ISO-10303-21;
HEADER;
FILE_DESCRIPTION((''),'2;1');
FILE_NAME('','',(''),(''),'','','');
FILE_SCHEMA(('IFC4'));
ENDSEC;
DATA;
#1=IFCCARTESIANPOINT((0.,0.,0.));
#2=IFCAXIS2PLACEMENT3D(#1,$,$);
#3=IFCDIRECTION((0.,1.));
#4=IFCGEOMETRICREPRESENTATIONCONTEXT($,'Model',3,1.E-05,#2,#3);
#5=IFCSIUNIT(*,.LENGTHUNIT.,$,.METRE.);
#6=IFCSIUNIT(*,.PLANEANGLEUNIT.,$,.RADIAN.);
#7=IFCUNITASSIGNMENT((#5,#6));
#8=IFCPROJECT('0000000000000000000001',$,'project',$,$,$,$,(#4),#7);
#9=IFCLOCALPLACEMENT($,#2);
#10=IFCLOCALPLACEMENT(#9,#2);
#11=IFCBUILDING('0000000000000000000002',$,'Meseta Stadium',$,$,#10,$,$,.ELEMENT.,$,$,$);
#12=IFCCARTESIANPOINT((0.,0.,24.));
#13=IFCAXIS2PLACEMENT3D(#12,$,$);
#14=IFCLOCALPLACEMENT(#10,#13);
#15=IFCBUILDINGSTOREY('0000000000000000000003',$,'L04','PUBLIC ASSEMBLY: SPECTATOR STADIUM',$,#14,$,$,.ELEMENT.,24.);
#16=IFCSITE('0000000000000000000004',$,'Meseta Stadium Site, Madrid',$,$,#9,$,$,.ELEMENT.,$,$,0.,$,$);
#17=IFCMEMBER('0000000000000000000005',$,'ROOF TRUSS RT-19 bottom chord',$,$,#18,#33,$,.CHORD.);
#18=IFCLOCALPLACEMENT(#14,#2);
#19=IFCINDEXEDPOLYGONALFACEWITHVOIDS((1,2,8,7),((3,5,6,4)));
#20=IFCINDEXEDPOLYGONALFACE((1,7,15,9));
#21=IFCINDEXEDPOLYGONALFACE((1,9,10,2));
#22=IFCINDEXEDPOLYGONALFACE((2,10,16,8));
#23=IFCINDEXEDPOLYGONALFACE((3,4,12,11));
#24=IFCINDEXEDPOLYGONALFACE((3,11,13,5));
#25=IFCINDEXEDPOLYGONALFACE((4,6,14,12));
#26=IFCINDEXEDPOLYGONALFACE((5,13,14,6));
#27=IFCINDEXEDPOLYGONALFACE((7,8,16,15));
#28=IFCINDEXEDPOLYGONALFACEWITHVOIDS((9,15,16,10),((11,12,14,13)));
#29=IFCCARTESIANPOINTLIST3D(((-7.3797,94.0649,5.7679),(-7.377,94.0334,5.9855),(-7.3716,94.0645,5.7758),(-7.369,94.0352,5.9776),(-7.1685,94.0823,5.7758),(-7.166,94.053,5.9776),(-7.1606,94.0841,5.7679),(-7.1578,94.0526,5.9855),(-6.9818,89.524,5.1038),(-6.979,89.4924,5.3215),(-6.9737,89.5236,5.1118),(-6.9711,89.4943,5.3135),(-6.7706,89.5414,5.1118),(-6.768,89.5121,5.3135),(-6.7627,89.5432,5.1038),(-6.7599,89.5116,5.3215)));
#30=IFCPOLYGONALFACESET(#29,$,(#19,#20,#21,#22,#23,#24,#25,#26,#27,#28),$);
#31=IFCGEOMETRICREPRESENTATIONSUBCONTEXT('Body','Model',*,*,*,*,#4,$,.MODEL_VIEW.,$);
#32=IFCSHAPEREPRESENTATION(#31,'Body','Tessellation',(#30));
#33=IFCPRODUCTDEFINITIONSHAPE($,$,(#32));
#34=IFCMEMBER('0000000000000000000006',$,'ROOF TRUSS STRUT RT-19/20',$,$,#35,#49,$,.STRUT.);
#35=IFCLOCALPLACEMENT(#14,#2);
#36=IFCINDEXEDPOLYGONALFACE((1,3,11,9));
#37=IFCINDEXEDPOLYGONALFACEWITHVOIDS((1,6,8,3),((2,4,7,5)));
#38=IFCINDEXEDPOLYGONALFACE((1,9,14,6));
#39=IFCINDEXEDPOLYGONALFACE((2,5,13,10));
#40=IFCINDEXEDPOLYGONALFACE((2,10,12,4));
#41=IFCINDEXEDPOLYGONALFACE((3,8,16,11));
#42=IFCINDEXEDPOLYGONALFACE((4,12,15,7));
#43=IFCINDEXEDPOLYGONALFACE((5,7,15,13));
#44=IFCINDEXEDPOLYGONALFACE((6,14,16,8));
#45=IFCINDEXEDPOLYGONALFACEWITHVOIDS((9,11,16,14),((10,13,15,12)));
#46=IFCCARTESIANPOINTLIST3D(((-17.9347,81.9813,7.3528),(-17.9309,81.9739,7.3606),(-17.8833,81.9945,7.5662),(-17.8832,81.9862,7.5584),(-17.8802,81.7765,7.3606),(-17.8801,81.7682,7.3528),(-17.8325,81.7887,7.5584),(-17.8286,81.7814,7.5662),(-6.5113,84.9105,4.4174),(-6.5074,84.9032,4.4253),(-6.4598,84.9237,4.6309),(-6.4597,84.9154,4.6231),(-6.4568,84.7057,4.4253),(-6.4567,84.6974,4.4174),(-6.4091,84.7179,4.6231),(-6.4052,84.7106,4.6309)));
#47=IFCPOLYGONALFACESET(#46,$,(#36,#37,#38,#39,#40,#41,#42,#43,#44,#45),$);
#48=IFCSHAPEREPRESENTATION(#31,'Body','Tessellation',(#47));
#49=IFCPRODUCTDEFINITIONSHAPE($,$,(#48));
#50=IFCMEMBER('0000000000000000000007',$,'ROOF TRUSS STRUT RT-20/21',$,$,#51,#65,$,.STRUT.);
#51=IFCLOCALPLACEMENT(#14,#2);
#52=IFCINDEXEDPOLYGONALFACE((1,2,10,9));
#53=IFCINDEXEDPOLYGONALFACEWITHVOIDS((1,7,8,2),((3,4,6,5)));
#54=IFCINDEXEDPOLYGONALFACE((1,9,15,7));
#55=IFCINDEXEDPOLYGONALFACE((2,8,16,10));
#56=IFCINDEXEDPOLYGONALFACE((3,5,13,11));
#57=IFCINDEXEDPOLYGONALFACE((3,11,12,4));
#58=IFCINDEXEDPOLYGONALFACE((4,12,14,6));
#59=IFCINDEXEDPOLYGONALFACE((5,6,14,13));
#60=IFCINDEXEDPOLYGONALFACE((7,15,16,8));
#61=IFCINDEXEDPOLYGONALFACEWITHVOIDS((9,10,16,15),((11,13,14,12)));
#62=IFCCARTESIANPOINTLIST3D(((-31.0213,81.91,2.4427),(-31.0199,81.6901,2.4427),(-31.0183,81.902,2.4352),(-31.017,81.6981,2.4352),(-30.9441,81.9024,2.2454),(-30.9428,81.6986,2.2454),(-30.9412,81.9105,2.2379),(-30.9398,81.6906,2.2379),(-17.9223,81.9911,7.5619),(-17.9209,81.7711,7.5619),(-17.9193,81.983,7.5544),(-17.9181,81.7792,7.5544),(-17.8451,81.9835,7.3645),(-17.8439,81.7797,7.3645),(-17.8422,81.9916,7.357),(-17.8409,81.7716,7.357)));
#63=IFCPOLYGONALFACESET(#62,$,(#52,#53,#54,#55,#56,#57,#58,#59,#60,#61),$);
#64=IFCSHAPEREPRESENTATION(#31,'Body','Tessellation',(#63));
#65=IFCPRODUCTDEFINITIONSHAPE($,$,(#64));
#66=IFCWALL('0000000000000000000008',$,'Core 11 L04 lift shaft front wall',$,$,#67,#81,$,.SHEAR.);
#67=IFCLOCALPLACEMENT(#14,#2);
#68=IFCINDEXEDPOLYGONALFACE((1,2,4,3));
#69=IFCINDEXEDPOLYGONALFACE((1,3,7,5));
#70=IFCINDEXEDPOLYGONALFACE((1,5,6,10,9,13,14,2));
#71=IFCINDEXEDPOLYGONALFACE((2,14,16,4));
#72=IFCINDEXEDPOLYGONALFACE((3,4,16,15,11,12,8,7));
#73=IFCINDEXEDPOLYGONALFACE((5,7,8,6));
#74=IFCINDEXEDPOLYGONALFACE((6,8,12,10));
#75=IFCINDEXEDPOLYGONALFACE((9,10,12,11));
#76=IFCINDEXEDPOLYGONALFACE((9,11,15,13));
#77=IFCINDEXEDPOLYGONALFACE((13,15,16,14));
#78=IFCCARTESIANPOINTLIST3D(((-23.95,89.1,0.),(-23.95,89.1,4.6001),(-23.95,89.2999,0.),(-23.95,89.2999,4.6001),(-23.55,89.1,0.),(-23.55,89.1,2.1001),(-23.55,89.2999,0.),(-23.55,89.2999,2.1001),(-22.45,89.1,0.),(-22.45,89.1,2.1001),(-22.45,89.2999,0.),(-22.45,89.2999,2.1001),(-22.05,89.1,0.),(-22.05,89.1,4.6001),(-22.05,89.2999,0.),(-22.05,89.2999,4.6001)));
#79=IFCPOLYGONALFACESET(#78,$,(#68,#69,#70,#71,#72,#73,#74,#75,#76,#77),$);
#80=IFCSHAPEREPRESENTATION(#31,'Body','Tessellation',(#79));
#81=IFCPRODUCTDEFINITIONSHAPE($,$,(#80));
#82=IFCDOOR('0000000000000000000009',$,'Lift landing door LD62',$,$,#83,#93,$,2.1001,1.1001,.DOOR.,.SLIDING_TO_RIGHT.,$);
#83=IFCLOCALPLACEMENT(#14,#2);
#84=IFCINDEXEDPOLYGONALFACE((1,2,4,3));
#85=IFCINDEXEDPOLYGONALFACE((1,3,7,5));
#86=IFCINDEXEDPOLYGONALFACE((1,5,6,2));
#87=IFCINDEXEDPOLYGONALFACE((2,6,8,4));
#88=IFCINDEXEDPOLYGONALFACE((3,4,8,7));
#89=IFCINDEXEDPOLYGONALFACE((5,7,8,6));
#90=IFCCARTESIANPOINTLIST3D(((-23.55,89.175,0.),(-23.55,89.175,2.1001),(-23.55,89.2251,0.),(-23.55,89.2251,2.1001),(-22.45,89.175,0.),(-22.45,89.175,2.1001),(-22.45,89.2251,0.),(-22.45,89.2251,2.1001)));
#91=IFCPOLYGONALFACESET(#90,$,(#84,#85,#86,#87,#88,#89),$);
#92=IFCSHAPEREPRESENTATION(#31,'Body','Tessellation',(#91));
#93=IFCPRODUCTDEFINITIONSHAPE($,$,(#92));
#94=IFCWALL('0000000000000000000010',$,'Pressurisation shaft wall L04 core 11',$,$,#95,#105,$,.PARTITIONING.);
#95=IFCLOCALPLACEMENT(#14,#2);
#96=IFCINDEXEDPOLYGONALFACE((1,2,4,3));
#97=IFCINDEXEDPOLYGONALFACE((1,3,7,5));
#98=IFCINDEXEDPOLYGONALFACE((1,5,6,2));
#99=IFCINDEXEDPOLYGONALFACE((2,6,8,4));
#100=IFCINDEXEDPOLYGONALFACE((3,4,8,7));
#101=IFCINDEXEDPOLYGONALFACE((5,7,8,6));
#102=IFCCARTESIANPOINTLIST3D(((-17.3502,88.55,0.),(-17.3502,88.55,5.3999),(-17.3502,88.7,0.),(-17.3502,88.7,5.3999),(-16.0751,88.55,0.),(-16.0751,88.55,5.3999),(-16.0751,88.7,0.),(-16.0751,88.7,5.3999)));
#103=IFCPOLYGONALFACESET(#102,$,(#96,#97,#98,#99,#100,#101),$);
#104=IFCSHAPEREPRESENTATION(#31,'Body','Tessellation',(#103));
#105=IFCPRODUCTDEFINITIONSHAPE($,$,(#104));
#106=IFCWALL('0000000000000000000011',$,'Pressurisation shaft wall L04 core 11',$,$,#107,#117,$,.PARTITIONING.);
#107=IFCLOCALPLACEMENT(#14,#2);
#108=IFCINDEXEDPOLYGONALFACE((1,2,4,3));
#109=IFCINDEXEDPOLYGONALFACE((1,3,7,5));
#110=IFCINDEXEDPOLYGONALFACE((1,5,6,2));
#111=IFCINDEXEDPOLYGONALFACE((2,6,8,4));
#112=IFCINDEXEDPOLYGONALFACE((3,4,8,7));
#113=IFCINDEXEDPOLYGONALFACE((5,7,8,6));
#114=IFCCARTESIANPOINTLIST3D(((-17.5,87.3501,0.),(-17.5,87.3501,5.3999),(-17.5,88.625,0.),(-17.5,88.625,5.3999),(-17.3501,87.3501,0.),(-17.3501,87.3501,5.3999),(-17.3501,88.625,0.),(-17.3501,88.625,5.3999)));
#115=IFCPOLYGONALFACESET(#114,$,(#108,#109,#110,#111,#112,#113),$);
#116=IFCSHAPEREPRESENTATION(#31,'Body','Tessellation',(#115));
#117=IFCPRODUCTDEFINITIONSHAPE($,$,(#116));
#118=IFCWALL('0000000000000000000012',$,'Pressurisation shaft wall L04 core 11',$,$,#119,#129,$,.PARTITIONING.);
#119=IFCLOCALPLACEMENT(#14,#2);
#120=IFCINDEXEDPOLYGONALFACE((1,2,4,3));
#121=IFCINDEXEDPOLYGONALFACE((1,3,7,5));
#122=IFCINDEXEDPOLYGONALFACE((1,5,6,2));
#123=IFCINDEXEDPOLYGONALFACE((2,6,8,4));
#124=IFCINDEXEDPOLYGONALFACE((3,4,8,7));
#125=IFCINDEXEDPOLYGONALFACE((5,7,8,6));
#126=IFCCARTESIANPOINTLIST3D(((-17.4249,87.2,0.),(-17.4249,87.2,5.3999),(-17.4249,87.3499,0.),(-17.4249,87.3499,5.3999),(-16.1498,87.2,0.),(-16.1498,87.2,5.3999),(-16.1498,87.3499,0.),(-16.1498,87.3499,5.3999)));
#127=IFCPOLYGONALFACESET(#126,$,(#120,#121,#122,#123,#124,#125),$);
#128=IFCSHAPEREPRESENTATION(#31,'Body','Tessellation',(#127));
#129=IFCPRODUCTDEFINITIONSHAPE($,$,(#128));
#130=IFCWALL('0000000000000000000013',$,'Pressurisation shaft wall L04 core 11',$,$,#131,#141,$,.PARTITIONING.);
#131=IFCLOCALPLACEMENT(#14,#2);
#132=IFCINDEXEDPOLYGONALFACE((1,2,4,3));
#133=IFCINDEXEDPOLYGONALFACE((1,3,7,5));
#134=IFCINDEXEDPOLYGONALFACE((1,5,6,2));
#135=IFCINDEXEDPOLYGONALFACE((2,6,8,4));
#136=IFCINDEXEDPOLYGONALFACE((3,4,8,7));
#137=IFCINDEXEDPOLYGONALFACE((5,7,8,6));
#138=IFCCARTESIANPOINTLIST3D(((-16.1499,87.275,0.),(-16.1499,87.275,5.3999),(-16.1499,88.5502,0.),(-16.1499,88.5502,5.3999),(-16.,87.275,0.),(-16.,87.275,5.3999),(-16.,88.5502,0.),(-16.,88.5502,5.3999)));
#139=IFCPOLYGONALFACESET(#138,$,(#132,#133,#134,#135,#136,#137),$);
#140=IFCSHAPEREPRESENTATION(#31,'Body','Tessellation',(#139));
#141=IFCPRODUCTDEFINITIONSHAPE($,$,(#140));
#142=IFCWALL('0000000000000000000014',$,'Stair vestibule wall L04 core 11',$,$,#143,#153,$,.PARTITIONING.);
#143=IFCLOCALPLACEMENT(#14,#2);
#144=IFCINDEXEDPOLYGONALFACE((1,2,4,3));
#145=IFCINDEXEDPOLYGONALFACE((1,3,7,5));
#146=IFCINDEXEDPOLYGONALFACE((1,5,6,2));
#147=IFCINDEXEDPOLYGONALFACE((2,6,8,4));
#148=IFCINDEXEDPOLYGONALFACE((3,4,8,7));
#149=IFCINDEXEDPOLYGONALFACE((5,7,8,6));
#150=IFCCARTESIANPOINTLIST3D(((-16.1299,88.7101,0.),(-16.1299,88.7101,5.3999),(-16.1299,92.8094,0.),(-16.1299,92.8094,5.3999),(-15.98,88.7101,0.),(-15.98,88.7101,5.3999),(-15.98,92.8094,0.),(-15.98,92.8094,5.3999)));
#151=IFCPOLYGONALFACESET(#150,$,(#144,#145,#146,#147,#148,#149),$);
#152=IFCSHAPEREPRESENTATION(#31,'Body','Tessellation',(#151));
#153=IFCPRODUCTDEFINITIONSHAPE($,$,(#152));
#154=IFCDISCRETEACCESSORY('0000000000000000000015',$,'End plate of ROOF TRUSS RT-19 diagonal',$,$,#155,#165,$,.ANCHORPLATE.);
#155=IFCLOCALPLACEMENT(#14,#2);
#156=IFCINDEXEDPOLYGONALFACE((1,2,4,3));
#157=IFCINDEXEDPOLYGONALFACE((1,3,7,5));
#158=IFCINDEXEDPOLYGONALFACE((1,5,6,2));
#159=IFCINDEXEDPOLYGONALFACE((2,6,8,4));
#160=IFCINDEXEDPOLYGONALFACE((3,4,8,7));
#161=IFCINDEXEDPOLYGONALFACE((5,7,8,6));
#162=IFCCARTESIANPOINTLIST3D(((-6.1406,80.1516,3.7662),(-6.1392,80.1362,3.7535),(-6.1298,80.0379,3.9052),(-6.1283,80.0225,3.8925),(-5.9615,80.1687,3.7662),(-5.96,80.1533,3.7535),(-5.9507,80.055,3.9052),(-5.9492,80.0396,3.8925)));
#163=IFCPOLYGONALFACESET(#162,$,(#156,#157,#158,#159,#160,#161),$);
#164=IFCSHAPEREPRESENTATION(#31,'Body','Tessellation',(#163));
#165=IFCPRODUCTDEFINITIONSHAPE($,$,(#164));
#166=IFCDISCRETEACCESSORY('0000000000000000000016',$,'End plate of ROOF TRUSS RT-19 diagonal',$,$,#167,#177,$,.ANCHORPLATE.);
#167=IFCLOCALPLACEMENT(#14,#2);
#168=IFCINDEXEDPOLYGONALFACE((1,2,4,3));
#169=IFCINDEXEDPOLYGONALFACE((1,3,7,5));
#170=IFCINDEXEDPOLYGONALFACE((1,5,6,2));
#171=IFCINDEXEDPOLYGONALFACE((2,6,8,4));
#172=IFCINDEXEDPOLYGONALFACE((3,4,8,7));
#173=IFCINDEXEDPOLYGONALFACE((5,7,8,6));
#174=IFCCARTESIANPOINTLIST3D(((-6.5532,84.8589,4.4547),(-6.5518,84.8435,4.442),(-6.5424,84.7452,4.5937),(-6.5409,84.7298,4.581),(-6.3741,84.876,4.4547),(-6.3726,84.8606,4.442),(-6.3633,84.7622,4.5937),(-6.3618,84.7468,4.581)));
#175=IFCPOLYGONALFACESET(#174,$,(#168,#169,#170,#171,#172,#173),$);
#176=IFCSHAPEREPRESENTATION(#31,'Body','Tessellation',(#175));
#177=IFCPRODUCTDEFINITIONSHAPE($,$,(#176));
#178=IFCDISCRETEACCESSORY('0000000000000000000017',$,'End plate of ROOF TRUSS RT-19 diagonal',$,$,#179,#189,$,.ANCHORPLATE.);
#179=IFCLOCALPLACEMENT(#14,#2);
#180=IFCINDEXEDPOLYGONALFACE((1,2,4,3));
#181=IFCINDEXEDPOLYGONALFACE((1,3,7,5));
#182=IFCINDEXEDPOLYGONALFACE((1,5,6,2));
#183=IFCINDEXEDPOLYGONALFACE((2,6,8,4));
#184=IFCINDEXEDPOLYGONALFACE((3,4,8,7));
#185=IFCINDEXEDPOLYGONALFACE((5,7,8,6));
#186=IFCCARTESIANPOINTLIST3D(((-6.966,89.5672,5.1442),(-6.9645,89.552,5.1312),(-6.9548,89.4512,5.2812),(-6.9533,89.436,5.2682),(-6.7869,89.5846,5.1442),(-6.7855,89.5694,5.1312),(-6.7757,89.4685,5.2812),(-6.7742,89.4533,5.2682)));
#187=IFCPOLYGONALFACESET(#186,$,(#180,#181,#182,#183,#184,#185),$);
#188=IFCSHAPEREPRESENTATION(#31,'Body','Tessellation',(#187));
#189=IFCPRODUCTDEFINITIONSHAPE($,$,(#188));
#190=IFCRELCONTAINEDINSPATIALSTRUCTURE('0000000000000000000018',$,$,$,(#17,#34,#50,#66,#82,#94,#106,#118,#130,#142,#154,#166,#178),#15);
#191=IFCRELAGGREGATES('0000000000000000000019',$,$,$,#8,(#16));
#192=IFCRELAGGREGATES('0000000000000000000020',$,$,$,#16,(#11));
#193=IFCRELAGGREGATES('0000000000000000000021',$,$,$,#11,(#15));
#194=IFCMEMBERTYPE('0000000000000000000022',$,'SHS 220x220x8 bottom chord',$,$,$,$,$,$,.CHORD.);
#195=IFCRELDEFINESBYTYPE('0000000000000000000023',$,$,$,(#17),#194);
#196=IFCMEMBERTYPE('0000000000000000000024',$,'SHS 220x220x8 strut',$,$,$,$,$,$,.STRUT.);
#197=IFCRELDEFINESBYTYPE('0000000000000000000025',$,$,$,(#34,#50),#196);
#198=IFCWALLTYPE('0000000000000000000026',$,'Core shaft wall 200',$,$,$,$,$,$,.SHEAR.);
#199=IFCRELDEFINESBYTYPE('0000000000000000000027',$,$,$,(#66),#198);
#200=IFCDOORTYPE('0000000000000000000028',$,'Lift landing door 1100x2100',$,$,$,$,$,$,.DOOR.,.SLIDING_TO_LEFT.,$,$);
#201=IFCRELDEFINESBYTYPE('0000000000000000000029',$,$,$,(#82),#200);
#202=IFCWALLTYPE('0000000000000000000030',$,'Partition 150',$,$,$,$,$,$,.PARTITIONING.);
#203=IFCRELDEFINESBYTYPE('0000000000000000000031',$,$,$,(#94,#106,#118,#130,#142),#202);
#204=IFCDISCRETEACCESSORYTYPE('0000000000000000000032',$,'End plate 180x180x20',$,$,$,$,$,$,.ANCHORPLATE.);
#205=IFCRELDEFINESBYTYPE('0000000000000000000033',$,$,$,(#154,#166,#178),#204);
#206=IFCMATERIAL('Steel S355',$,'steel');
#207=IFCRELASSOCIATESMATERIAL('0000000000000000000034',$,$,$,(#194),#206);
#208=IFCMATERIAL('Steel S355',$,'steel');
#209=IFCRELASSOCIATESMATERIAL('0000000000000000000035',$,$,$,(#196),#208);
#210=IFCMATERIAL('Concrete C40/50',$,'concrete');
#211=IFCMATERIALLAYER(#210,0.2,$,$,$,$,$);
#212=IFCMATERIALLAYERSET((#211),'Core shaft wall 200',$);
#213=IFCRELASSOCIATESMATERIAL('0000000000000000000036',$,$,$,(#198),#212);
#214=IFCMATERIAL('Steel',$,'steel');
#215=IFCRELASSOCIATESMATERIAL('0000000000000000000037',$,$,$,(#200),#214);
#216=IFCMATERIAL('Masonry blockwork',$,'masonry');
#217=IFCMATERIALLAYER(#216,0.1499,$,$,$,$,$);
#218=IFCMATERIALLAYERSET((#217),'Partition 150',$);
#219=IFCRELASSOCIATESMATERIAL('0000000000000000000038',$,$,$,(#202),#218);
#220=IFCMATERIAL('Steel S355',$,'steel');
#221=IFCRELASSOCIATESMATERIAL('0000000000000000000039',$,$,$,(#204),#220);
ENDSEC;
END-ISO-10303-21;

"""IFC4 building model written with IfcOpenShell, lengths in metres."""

from ifc_helpers import new_model, si_unit, direction, frame, frame_2d, origin, origin_2d, place, context, subcontext, project, spatial, rectangle, hollow_rectangle, extrude, material, layer, layer_set, material_profile, profile_set, type_object, element, fill, save


model = new_model("IFC4")

# Units and contexts
model_context = context("Model", 3, precision=1e-05, world=origin(), true_north=direction((0.0, 1.0)))
body_context = subcontext(model_context, "Body", "Model", "MODEL_VIEW")
ifc_project = project(units=[si_unit("LENGTHUNIT", "METRE"), si_unit("PLANEANGLEUNIT", "RADIAN")], contexts=[model_context])

# Site, building, storey
site_placement = place(None, origin())
site = spatial("IfcSite", under=ifc_project, at=site_placement, Name="Meseta Stadium Site, Madrid", CompositionType="ELEMENT", RefElevation=0.0)
building_placement = place(site_placement, origin())
building = spatial("IfcBuilding", under=site, at=building_placement, Name="Meseta Stadium", CompositionType="ELEMENT")
storey_placement = place(building_placement, frame((0.0, 0.0, 24.0)))
storey = spatial("IfcBuildingStorey", under=building, at=storey_placement, Name="L04", Description="PUBLIC ASSEMBLY: SPECTATOR STADIUM", CompositionType="ELEMENT", Elevation=24.0)

# Members
ifc_material_1 = material(Name="Steel S355", Category="steel")
ifc_material_profile_1 = material_profile(ifc_material_1, hollow_rectangle(XDim=0.22, YDim=0.22, WallThickness=0.0081, at=origin_2d()), Name="SHS 220x220x8")
ifc_profile_set_1 = profile_set([ifc_material_profile_1], Name="Steel S355")
member_type_1 = type_object("IfcMemberType", Name="SHS 220x220x8 bottom chord", PredefinedType="CHORD", material=ifc_profile_set_1)
member_1_placement = place(storey_placement, frame((-6.8708, 89.5178, 5.2126), z_axis=(-0.086388, 0.985777, 0.144157), x_axis=(-0.996182, -0.0873, 0.0)))
element("IfcMember", 1, at=member_1_placement, inside=storey, type_object=member_type_1, Name="ROOF TRUSS RT-19 bottom chord", PredefinedType="CHORD", context=body_context, shape_type="SweptSolid", body=[
    extrude(hollow_rectangle(XDim=0.22, YDim=0.22, WallThickness=0.0081, at=origin_2d()), origin(), (0.0, 0.0, 1.0), 4.6064),
])
ifc_material_2 = material(Name="Steel S355", Category="steel")
ifc_material_profile_2 = material_profile(ifc_material_2, hollow_rectangle(XDim=0.22, YDim=0.22, WallThickness=0.0081, at=origin_2d()), Name="SHS 220x220x8")
ifc_profile_set_2 = profile_set([ifc_material_profile_2], Name="Steel S355")
member_type_2 = type_object("IfcMemberType", Name="SHS 220x220x8 strut", PredefinedType="STRUT", material=ifc_profile_set_2)
member_2_placement = place(storey_placement, frame((-6.4583, 84.8105, 4.5242), z_axis=(-0.939981, -0.241032, 0.241534), x_axis=(0.248386, -0.968661, 0.0)))
element("IfcMember", 2, at=member_2_placement, inside=storey, type_object=member_type_2, Name="ROOF TRUSS STRUT RT-19/20", PredefinedType="STRUT", context=body_context, shape_type="SweptSolid", body=[
    extrude(hollow_rectangle(XDim=0.22, YDim=0.22, WallThickness=0.0081, at=origin_2d()), origin(), (0.0, 0.0, 1.0), 12.1528),
])
member_3_placement = place(storey_placement, frame((-17.8816, 81.8813, 7.4595), z_axis=(-0.931384, -0.005763, -0.363992), x_axis=(0.006188, -0.999981, 0.0)))
element("IfcMember", 3, at=member_3_placement, inside=storey, type_object=member_type_2, Name="ROOF TRUSS STRUT RT-20/21", PredefinedType="STRUT", context=body_context, shape_type="SweptSolid", body=[
    extrude(hollow_rectangle(XDim=0.22, YDim=0.22, WallThickness=0.0081, at=origin_2d()), origin(), (0.0, 0.0, 1.0), 14.064),
])

# Wall, opening, door
ifc_material_3 = material(Name="Concrete C40/50", Category="concrete")
ifc_layer_1 = layer(ifc_material_3, 0.2)
ifc_layer_set_1 = layer_set([ifc_layer_1], Name="Core shaft wall 200")
wall_type_1 = type_object("IfcWallType", Name="Core shaft wall 200", PredefinedType="SHEAR", material=ifc_layer_set_1)
wall_1_placement = place(storey_placement, frame((-22.05, 89.2, 0.0), z_axis=(0.0, 0.0, 1.0), x_axis=(-1.0, 0.0, 0.0)))
wall_1 = element("IfcWall", 4, at=wall_1_placement, inside=storey, type_object=wall_type_1, Name="Core 11 L04 lift shaft front wall", PredefinedType="SHEAR", context=body_context, shape_type="SweptSolid", body=[
    extrude(rectangle(XDim=1.8999, YDim=0.2, at=frame_2d((0.95, 0.0))), origin(), (0.0, 0.0, 1.0), 4.6001),
])
opening_placement = place(wall_1_placement, frame((0.3999, 0.0, 0.0)))
opening = element("IfcOpeningElement", 5, at=opening_placement, cuts=wall_1, PredefinedType="OPENING", context=body_context, shape_type="SweptSolid", body=[
    extrude(rectangle(XDim=1.1001, YDim=2.1001, at=frame_2d((0.55, 1.05))), frame((0.0, 0.1099, 0.0), z_axis=(0.0, -1.0, 0.0), x_axis=(1.0, 0.0, 0.0)), (0.0, 0.0, 1.0), 0.22),
])
ifc_material_4 = material(Name="Steel", Category="steel")
door_type = type_object("IfcDoorType", Name="Lift landing door 1100x2100", OperationType="SLIDING_TO_LEFT", PredefinedType="DOOR", material=ifc_material_4)
door_placement = place(opening_placement, origin())
door = element("IfcDoor", 6, at=door_placement, inside=storey, type_object=door_type, Name="Lift landing door LD62", OperationType="SLIDING_TO_RIGHT", OverallHeight=2.1001, OverallWidth=1.1001, PredefinedType="DOOR", context=body_context, shape_type="SweptSolid", body=[
    extrude(rectangle(XDim=1.1001, YDim=2.1001, at=frame_2d((0.55, 1.05))), frame((0.0, 0.0249, 0.0), z_axis=(0.0, -1.0, 0.0), x_axis=(1.0, 0.0, 0.0)), (0.0, 0.0, 1.0), 0.05),
])
fill(opening, door)

# Walls
ifc_material_5 = material(Name="Masonry blockwork", Category="masonry")
ifc_layer_2 = layer(ifc_material_5, 0.1499)
ifc_layer_set_2 = layer_set([ifc_layer_2], Name="Partition 150")
wall_type_2 = type_object("IfcWallType", Name="Partition 150", PredefinedType="PARTITIONING", material=ifc_layer_set_2)
wall_2_placement = place(storey_placement, frame((-16.075, 88.625, 0.0), z_axis=(0.0, 0.0, 1.0), x_axis=(-1.0, 0.0, 0.0)))
element("IfcWall", 7, at=wall_2_placement, inside=storey, type_object=wall_type_2, Name="Pressurisation shaft wall L04 core 11", PredefinedType="PARTITIONING", context=body_context, shape_type="SweptSolid", body=[
    extrude(rectangle(XDim=1.2751, YDim=0.1499, at=frame_2d((0.6377, 0.0))), origin(), (0.0, 0.0, 1.0), 5.3999),
])
wall_3_placement = place(storey_placement, frame((-17.425, 88.625, 0.0), z_axis=(0.0, 0.0, 1.0), x_axis=(0.0, -1.0, 0.0)))
element("IfcWall", 8, at=wall_3_placement, inside=storey, type_object=wall_type_2, Name="Pressurisation shaft wall L04 core 11", PredefinedType="PARTITIONING", context=body_context, shape_type="SweptSolid", body=[
    extrude(rectangle(XDim=1.2749, YDim=0.1499, at=frame_2d((0.6375, 0.0))), origin(), (0.0, 0.0, 1.0), 5.3999),
])
for number, where, z_axis, x_axis, name in (
    (9, (-17.425, 87.2749, 0.0), (0.0, 0.0, 1.0), (1.0, 0.0, 0.0), "Pressurisation shaft wall L04 core 11"),
    (10, (-16.075, 87.2749, 0.0), (0.0, 0.0, 1.0), (0.0, 1.0, 0.0), "Pressurisation shaft wall L04 core 11"),
):
    element("IfcWall", number, at=place(storey_placement, frame(where, z_axis=z_axis, x_axis=x_axis)), inside=storey, type_object=wall_type_2, Name=name, PredefinedType="PARTITIONING", context=body_context, shape_type="SweptSolid", body=[
        extrude(rectangle(XDim=1.2751, YDim=0.1499, at=frame_2d((0.6377, 0.0))), origin(), (0.0, 0.0, 1.0), 5.3999),
    ])
wall_4_placement = place(storey_placement, frame((-16.0549, 88.71, 0.0), z_axis=(0.0, 0.0, 1.0), x_axis=(0.0, 1.0, 0.0)))
element("IfcWall", 11, at=wall_4_placement, inside=storey, type_object=wall_type_2, Name="Stair vestibule wall L04 core 11", PredefinedType="PARTITIONING", context=body_context, shape_type="SweptSolid", body=[
    extrude(rectangle(XDim=4.0994, YDim=0.1499, at=frame_2d((2.0498, 0.0))), origin(), (0.0, 0.0, 1.0), 5.3999),
])

# Discrete accessories
ifc_material_6 = material(Name="Steel S355", Category="steel")
ifc_material_profile_3 = material_profile(ifc_material_6, rectangle(XDim=0.1799, YDim=0.1799, at=origin_2d()), Name="PL 180x180")
ifc_profile_set_3 = profile_set([ifc_material_profile_3], Name="Steel S355")
discrete_accessory_type_1 = type_object("IfcDiscreteAccessoryType", Name="End plate 180x180x20", PredefinedType="ANCHORPLATE", material=ifc_profile_set_3)
for number, where, z_axis, x_axis, name in (
    (12, (-6.0442, 80.0879, 3.823), (-0.073252, 0.769151, 0.634855), (-0.995495, -0.094809, 0.0), "End plate of ROOF TRUSS RT-19 diagonal"),
    (13, (-6.4568, 84.7952, 4.5115), (-0.073252, 0.769151, 0.634855), (-0.995495, -0.094809, 0.0), "End plate of ROOF TRUSS RT-19 diagonal"),
    (14, (-6.8694, 89.5027, 5.1997), (-0.073362, 0.758073, 0.64803), (-0.99535, -0.096324, 0.0), "End plate of ROOF TRUSS RT-19 diagonal"),
):
    element("IfcDiscreteAccessory", number, at=place(storey_placement, frame(where, z_axis=z_axis, x_axis=x_axis)), inside=storey, type_object=discrete_accessory_type_1, Name=name, PredefinedType="ANCHORPLATE", context=body_context, shape_type="SweptSolid", body=[
        extrude(rectangle(XDim=0.1799, YDim=0.1799, at=origin_2d()), origin(), (0.0, 0.0, 1.0), 0.02),
    ])

save(model, "model.ifc")
